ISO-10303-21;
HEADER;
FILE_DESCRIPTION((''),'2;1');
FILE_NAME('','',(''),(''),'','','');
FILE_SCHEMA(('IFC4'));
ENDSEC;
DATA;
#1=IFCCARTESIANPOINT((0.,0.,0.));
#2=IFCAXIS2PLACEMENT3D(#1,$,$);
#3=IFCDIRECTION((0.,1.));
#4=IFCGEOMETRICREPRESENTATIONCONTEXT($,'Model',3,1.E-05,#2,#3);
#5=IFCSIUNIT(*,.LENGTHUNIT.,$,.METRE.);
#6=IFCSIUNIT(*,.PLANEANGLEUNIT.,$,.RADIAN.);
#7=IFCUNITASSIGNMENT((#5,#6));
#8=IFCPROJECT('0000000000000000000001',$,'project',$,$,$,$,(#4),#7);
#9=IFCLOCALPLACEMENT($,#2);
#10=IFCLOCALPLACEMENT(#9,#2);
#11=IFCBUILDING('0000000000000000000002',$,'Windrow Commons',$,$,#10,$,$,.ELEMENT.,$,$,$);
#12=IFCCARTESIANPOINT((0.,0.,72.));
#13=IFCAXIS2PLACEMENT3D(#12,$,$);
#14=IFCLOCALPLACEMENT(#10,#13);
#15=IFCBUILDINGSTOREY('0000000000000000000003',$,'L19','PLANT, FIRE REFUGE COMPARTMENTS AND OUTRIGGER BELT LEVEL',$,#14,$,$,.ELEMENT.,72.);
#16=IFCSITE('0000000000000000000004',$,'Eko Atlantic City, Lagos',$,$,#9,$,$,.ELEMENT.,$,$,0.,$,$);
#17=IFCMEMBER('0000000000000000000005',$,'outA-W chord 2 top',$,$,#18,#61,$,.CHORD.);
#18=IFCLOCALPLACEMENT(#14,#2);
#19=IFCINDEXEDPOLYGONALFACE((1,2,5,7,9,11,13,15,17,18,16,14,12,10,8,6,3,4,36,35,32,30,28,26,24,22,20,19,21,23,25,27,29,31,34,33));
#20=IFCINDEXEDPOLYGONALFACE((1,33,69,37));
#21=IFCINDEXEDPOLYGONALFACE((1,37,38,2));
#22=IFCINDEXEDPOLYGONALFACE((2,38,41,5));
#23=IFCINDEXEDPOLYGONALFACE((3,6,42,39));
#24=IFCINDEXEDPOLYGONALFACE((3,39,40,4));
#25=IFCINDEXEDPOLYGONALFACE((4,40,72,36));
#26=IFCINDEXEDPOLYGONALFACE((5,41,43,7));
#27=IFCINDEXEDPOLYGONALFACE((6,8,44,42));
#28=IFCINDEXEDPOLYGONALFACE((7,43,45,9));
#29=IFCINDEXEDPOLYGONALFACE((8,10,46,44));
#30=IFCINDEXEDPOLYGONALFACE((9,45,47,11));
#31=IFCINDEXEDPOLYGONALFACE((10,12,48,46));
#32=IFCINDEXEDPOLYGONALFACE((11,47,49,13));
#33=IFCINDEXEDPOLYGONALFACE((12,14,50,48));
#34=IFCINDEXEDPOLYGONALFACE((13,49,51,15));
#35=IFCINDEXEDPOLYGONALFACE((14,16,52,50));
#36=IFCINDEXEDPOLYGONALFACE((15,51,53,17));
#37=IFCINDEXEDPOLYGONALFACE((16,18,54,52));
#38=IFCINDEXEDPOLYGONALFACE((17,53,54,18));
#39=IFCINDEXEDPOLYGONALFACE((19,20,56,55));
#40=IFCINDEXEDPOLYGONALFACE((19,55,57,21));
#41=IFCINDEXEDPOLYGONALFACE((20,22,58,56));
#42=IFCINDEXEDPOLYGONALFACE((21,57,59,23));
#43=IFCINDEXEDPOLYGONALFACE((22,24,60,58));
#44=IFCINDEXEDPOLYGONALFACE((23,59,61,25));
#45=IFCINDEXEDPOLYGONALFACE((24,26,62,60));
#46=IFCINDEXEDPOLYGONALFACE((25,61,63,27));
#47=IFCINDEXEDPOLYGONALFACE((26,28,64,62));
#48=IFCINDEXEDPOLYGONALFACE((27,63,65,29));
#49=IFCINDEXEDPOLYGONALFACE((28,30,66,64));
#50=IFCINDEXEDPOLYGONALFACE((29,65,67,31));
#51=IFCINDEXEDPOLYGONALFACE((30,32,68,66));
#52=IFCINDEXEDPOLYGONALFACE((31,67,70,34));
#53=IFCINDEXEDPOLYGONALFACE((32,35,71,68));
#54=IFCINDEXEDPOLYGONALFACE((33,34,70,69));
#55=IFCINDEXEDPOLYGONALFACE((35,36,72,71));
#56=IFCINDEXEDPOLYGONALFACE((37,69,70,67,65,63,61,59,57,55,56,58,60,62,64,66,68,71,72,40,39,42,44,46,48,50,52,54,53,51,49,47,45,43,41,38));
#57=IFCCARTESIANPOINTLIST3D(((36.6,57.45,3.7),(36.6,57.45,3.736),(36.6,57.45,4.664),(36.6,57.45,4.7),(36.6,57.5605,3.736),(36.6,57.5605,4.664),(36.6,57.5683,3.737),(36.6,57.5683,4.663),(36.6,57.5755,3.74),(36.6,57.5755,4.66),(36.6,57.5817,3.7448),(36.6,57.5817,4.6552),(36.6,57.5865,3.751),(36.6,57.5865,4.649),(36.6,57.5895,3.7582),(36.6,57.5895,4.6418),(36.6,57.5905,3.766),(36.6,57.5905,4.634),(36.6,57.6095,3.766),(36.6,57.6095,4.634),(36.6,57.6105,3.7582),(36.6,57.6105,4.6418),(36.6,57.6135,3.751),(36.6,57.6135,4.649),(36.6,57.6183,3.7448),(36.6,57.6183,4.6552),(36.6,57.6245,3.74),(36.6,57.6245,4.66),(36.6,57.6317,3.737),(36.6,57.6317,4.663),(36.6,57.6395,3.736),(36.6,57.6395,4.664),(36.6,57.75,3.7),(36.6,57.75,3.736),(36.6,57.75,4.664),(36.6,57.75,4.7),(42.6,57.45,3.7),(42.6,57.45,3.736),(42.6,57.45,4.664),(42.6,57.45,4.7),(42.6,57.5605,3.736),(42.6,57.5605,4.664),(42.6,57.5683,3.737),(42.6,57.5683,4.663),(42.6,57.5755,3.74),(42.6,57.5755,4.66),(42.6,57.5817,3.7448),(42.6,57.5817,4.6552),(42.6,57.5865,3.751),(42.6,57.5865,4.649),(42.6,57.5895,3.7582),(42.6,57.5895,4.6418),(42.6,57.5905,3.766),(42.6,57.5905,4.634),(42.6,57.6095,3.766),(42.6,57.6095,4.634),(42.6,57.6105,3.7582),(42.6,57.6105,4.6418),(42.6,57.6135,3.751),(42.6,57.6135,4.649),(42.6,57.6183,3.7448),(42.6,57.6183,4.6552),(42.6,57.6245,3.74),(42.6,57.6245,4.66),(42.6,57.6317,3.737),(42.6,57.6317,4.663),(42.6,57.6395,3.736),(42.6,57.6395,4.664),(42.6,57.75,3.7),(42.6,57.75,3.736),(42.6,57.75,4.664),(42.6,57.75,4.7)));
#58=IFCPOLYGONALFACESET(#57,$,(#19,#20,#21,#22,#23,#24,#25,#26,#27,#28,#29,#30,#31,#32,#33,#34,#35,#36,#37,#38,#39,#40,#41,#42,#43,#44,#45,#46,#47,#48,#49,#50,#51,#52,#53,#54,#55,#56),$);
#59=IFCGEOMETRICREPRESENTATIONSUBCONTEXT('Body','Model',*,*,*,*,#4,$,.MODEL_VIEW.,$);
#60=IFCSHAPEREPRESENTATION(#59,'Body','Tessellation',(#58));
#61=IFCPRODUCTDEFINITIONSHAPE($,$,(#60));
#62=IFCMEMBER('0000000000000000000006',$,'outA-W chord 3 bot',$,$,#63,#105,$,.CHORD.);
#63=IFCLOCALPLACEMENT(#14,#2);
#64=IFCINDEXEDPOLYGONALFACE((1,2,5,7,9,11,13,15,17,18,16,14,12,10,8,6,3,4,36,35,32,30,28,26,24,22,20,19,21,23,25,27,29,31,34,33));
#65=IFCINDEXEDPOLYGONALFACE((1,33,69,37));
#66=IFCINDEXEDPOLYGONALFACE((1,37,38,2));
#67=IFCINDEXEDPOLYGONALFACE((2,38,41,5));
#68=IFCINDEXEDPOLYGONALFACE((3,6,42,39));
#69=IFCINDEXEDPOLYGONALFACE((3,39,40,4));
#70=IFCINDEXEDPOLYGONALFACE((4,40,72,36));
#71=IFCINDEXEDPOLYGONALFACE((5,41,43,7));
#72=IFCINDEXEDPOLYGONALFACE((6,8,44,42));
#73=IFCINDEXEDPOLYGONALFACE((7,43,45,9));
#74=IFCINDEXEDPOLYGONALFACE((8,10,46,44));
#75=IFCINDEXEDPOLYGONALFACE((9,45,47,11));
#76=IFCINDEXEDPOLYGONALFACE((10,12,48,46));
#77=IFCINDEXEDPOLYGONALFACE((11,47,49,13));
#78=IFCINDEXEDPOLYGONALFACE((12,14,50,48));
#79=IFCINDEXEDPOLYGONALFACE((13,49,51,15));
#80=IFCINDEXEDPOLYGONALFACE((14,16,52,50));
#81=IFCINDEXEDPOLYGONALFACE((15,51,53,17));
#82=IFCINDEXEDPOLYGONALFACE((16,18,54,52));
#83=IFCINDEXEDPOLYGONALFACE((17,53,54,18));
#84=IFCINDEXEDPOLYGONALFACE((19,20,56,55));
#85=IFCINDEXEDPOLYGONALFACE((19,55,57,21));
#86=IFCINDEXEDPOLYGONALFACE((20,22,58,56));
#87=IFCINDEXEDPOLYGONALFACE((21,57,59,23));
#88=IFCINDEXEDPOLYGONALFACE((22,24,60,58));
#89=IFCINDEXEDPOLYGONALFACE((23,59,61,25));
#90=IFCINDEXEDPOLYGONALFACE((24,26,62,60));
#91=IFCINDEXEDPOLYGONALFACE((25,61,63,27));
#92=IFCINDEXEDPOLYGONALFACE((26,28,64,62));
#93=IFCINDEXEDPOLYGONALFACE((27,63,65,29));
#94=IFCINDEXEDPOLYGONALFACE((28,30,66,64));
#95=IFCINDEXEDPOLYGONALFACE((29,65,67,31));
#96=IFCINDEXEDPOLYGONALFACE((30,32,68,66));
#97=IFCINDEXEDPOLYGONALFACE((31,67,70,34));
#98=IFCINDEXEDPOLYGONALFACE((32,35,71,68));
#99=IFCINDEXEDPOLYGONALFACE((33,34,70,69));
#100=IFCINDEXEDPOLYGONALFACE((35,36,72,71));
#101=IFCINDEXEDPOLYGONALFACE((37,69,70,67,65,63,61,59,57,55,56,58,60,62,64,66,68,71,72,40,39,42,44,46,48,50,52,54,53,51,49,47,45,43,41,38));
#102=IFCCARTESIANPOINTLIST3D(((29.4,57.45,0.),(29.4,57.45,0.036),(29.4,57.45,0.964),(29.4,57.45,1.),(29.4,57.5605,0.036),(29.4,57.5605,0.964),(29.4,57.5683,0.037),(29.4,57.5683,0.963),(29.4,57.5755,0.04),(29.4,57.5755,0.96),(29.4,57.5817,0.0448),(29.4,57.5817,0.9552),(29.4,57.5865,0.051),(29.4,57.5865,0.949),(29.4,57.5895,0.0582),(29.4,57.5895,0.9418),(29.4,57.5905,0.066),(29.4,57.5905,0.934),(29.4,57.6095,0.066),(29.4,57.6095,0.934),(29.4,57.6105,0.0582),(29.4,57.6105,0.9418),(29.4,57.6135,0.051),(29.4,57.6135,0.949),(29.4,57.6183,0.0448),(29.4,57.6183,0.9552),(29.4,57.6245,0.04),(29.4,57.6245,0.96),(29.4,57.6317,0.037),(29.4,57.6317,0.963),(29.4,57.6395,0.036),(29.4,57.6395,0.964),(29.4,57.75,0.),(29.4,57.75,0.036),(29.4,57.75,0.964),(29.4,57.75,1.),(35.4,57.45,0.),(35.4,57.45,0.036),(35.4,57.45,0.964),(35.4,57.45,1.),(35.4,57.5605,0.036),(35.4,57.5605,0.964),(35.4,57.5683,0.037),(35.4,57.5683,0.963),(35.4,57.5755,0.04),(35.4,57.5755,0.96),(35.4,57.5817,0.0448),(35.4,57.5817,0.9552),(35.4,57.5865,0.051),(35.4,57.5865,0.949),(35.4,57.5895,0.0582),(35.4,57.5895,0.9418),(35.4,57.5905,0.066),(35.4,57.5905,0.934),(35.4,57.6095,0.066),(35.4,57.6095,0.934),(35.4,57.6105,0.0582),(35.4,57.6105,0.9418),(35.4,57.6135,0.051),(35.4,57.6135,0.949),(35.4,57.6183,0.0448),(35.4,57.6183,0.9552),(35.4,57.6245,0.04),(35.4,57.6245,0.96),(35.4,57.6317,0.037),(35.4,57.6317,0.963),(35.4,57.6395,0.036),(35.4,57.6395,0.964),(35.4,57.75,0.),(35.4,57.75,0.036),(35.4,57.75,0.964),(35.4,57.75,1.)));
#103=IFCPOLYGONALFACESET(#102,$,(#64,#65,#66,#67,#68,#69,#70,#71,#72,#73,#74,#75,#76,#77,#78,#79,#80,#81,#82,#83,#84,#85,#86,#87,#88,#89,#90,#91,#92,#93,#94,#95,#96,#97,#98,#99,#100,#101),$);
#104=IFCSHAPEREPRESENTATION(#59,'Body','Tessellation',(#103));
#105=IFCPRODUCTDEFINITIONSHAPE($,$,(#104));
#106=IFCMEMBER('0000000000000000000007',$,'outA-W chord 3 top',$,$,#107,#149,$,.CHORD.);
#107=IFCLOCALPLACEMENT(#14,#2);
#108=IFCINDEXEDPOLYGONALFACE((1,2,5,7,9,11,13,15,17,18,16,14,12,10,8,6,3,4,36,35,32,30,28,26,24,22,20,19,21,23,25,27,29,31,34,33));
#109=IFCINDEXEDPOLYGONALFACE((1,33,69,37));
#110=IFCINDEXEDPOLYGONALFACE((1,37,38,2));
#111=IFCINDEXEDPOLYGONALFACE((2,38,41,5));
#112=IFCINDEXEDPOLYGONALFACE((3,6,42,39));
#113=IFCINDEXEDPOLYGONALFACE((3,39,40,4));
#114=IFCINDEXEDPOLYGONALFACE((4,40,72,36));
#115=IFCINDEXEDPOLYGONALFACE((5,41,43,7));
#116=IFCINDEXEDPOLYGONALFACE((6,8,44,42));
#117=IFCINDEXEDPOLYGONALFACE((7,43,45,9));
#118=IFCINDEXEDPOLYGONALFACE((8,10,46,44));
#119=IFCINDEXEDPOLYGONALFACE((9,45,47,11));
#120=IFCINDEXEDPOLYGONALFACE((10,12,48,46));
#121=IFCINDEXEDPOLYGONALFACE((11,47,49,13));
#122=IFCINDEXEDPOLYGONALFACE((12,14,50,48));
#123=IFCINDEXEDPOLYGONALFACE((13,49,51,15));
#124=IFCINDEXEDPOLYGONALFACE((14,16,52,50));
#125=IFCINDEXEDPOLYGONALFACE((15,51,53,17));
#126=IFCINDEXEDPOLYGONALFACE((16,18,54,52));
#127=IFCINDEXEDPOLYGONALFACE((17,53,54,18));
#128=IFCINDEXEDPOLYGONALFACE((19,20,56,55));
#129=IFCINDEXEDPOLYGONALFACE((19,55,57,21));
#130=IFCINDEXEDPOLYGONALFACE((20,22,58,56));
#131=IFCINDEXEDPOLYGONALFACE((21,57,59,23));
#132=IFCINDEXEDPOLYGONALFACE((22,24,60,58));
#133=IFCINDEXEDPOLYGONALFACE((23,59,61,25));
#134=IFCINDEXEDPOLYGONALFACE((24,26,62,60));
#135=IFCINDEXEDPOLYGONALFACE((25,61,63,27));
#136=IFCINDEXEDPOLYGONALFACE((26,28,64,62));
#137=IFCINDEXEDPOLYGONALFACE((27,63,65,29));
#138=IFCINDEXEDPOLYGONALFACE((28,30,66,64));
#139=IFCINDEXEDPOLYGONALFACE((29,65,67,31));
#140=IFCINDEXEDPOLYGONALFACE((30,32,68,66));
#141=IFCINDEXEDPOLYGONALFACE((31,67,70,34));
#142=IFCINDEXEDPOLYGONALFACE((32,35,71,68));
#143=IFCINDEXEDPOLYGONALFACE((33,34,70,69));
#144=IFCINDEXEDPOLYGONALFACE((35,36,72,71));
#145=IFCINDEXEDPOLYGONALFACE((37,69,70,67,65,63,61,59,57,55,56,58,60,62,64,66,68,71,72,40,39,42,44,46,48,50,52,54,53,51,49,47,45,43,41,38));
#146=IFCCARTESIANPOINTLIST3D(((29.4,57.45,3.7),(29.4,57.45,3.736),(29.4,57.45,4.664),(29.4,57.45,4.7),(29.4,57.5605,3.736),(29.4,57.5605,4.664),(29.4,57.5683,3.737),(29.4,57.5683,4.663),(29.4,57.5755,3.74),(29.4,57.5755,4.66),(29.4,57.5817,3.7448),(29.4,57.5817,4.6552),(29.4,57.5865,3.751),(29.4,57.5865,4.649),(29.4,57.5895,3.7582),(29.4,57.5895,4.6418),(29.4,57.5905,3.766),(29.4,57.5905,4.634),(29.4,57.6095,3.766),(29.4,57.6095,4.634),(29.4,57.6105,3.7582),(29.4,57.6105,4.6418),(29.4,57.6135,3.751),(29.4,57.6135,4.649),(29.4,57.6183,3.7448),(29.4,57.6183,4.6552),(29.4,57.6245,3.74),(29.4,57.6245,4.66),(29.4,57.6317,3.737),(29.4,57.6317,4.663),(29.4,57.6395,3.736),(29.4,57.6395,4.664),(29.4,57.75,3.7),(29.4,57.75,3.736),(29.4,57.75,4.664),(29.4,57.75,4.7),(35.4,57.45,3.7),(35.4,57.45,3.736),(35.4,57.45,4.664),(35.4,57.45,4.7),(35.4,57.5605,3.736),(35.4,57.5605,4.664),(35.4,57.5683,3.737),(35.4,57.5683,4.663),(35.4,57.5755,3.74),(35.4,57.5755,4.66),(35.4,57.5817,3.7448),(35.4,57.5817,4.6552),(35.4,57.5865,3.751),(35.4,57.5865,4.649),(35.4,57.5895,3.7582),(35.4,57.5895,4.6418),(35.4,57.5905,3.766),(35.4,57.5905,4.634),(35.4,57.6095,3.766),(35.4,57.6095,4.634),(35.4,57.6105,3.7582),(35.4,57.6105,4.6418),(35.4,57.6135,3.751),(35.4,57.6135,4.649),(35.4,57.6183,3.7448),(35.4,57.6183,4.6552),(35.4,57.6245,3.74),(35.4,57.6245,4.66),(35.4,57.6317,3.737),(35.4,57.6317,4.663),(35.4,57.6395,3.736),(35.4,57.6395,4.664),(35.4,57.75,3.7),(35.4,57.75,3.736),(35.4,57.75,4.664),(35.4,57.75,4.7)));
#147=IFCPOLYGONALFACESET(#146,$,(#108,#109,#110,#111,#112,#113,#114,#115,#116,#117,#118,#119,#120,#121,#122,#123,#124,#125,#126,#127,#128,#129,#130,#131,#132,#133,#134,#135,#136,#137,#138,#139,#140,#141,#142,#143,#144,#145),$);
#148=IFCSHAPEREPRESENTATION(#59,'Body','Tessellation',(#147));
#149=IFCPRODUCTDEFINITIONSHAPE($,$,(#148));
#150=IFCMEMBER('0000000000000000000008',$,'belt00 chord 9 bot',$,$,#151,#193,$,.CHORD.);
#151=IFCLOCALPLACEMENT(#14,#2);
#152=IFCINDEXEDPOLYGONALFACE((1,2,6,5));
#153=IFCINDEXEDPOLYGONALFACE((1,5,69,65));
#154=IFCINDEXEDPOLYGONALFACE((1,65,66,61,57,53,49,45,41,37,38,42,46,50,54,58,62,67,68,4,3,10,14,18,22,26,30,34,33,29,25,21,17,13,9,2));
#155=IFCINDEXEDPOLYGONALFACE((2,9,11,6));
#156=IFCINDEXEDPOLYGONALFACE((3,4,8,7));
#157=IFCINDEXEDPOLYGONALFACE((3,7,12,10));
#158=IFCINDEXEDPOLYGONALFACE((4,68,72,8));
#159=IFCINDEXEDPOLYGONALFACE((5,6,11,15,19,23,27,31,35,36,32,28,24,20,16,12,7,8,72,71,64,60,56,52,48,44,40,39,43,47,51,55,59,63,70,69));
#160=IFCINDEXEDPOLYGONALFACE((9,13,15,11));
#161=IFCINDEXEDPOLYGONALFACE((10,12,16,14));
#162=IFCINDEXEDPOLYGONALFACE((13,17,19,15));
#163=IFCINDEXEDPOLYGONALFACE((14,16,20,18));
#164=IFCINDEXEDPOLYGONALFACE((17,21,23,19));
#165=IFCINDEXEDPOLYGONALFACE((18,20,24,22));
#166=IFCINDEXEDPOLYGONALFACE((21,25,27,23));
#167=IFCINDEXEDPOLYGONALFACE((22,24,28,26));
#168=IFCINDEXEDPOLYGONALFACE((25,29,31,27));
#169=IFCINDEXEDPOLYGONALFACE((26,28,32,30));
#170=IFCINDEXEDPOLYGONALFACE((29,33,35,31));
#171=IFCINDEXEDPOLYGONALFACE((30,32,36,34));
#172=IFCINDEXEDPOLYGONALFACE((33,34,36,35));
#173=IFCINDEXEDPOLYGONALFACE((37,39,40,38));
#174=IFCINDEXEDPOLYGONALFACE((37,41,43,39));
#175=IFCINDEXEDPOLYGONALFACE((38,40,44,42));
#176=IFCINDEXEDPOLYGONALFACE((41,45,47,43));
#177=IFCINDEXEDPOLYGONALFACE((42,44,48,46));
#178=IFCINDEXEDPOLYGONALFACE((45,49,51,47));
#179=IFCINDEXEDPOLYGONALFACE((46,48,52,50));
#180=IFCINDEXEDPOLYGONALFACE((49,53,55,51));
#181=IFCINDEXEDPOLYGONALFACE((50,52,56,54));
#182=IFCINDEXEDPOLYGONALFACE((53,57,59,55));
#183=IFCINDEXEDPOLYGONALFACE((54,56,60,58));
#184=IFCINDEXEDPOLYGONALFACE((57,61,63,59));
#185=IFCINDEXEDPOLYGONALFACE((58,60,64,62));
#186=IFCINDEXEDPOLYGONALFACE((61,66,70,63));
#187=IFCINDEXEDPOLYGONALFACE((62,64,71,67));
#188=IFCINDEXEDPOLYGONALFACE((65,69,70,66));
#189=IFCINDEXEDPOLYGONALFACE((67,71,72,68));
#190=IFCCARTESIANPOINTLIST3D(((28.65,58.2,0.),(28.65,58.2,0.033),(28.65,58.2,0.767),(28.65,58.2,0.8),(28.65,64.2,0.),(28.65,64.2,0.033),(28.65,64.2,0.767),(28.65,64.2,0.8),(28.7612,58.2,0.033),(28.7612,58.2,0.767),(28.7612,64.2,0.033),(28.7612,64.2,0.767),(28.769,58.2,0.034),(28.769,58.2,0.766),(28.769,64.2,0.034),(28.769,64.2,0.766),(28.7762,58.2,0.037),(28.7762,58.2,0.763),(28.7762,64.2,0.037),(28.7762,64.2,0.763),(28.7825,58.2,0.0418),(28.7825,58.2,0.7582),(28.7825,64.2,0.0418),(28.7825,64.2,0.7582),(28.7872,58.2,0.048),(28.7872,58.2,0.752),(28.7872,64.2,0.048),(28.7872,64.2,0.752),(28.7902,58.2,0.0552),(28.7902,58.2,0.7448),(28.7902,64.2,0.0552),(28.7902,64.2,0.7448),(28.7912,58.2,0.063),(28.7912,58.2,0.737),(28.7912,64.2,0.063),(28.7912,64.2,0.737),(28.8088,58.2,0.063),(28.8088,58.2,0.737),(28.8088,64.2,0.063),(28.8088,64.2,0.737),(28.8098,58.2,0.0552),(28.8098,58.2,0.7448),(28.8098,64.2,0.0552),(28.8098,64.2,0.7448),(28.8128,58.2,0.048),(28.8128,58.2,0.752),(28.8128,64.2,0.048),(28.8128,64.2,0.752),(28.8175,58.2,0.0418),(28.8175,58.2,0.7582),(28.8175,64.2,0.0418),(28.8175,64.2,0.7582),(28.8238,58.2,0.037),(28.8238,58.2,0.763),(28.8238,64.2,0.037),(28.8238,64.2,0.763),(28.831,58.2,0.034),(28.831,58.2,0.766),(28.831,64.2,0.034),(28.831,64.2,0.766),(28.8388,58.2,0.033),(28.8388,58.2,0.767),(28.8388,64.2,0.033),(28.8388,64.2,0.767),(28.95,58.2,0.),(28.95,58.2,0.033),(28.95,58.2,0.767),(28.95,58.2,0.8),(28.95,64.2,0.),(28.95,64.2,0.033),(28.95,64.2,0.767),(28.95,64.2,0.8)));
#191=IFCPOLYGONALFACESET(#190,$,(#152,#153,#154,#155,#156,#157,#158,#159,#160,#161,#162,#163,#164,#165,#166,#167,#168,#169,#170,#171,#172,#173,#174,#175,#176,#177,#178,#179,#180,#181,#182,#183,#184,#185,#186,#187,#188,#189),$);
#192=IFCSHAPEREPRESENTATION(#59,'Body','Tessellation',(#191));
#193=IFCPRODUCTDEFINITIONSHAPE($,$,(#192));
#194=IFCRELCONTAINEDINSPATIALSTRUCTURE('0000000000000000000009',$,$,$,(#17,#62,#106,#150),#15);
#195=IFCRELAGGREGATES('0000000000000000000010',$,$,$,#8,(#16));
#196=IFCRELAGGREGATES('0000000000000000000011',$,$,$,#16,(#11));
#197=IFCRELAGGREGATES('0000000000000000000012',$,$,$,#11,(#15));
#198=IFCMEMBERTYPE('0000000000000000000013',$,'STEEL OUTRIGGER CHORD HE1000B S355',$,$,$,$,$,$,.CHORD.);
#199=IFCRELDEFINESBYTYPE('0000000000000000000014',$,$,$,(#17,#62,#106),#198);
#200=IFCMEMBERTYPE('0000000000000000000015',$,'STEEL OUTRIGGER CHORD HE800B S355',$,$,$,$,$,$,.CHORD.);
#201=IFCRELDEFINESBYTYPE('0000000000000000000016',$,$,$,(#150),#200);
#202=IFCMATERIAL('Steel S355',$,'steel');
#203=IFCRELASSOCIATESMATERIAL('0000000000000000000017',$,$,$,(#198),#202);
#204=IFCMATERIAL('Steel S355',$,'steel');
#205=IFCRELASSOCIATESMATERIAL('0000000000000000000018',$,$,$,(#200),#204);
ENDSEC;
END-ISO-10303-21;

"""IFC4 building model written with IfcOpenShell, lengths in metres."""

from ifc_helpers import new_model, si_unit, direction, frame, origin, origin_2d, place, context, subcontext, project, spatial, i_section, extrude, material, material_profile, profile_set, type_object, element, save


model = new_model("IFC4")

# Units and contexts
model_context = context("Model", 3, precision=1e-05, world=origin(), true_north=direction((0.0, 1.0)))
body_context = subcontext(model_context, "Body", "Model", "MODEL_VIEW")
ifc_project = project(units=[si_unit("LENGTHUNIT", "METRE"), si_unit("PLANEANGLEUNIT", "RADIAN")], contexts=[model_context])

# Site, building, storey
site_placement = place(None, origin())
site = spatial("IfcSite", under=ifc_project, at=site_placement, Name="Eko Atlantic City, Lagos", CompositionType="ELEMENT", RefElevation=0.0)
building_placement = place(site_placement, origin())
building = spatial("IfcBuilding", under=site, at=building_placement, Name="Windrow Commons", CompositionType="ELEMENT")
storey_placement = place(building_placement, frame((0.0, 0.0, 72.0)))
storey = spatial("IfcBuildingStorey", under=building, at=storey_placement, Name="L19", Description="PLANT, FIRE REFUGE COMPARTMENTS AND OUTRIGGER BELT LEVEL", CompositionType="ELEMENT", Elevation=72.0)

# Members
ifc_material_1 = material(Name="Steel S355", Category="steel")
ifc_material_profile_1 = material_profile(ifc_material_1, i_section(OverallWidth=0.3, OverallDepth=1.0, WebThickness=0.019, FlangeThickness=0.036, FilletRadius=0.03, at=origin_2d()))
ifc_profile_set_1 = profile_set([ifc_material_profile_1], Name="Steel S355")
member_type_1 = type_object("IfcMemberType", Name="STEEL OUTRIGGER CHORD HE1000B S355", PredefinedType="CHORD", material=ifc_profile_set_1)
for number, where, z_axis, x_axis, name in (
    (1, (42.6, 57.6, 4.2), (-1.0, 0.0, 0.0), (0.0, -1.0, 0.0), "outA-W chord 2 top"),
    (2, (35.4, 57.6, 0.5), (-1.0, 0.0, 0.0), (0.0, -1.0, 0.0), "outA-W chord 3 bot"),
    (3, (35.4, 57.6, 4.2), (-1.0, 0.0, 0.0), (0.0, -1.0, 0.0), "outA-W chord 3 top"),
):
    element("IfcMember", number, at=place(storey_placement, frame(where, z_axis=z_axis, x_axis=x_axis)), inside=storey, type_object=member_type_1, Name=name, PredefinedType="CHORD", context=body_context, shape_type="SweptSolid", body=[
        extrude(i_section(OverallWidth=0.3, OverallDepth=1.0, WebThickness=0.019, FlangeThickness=0.036, FilletRadius=0.03, at=origin_2d()), origin(), (0.0, 0.0, 1.0), 6.0),
    ])
ifc_material_2 = material(Name="Steel S355", Category="steel")
ifc_material_profile_2 = material_profile(ifc_material_2, i_section(OverallWidth=0.3, OverallDepth=0.8, WebThickness=0.0175, FlangeThickness=0.033, FilletRadius=0.03, at=origin_2d()))
ifc_profile_set_2 = profile_set([ifc_material_profile_2], Name="Steel S355")
member_type_2 = type_object("IfcMemberType", Name="STEEL OUTRIGGER CHORD HE800B S355", PredefinedType="CHORD", material=ifc_profile_set_2)
for number, where, z_axis, x_axis, name in (
    (4, (28.8, 58.2, 0.4), (0.0, 1.0, 0.0), (-1.0, 0.0, 0.0), "belt00 chord 9 bot"),
):
    element("IfcMember", number, at=place(storey_placement, frame(where, z_axis=z_axis, x_axis=x_axis)), inside=storey, type_object=member_type_2, Name=name, PredefinedType="CHORD", context=body_context, shape_type="SweptSolid", body=[
        extrude(i_section(OverallWidth=0.3, OverallDepth=0.8, WebThickness=0.0175, FlangeThickness=0.033, FilletRadius=0.03, at=origin_2d()), origin(), (0.0, 0.0, 1.0), 6.0),
    ])

save(model, "model.ifc")
